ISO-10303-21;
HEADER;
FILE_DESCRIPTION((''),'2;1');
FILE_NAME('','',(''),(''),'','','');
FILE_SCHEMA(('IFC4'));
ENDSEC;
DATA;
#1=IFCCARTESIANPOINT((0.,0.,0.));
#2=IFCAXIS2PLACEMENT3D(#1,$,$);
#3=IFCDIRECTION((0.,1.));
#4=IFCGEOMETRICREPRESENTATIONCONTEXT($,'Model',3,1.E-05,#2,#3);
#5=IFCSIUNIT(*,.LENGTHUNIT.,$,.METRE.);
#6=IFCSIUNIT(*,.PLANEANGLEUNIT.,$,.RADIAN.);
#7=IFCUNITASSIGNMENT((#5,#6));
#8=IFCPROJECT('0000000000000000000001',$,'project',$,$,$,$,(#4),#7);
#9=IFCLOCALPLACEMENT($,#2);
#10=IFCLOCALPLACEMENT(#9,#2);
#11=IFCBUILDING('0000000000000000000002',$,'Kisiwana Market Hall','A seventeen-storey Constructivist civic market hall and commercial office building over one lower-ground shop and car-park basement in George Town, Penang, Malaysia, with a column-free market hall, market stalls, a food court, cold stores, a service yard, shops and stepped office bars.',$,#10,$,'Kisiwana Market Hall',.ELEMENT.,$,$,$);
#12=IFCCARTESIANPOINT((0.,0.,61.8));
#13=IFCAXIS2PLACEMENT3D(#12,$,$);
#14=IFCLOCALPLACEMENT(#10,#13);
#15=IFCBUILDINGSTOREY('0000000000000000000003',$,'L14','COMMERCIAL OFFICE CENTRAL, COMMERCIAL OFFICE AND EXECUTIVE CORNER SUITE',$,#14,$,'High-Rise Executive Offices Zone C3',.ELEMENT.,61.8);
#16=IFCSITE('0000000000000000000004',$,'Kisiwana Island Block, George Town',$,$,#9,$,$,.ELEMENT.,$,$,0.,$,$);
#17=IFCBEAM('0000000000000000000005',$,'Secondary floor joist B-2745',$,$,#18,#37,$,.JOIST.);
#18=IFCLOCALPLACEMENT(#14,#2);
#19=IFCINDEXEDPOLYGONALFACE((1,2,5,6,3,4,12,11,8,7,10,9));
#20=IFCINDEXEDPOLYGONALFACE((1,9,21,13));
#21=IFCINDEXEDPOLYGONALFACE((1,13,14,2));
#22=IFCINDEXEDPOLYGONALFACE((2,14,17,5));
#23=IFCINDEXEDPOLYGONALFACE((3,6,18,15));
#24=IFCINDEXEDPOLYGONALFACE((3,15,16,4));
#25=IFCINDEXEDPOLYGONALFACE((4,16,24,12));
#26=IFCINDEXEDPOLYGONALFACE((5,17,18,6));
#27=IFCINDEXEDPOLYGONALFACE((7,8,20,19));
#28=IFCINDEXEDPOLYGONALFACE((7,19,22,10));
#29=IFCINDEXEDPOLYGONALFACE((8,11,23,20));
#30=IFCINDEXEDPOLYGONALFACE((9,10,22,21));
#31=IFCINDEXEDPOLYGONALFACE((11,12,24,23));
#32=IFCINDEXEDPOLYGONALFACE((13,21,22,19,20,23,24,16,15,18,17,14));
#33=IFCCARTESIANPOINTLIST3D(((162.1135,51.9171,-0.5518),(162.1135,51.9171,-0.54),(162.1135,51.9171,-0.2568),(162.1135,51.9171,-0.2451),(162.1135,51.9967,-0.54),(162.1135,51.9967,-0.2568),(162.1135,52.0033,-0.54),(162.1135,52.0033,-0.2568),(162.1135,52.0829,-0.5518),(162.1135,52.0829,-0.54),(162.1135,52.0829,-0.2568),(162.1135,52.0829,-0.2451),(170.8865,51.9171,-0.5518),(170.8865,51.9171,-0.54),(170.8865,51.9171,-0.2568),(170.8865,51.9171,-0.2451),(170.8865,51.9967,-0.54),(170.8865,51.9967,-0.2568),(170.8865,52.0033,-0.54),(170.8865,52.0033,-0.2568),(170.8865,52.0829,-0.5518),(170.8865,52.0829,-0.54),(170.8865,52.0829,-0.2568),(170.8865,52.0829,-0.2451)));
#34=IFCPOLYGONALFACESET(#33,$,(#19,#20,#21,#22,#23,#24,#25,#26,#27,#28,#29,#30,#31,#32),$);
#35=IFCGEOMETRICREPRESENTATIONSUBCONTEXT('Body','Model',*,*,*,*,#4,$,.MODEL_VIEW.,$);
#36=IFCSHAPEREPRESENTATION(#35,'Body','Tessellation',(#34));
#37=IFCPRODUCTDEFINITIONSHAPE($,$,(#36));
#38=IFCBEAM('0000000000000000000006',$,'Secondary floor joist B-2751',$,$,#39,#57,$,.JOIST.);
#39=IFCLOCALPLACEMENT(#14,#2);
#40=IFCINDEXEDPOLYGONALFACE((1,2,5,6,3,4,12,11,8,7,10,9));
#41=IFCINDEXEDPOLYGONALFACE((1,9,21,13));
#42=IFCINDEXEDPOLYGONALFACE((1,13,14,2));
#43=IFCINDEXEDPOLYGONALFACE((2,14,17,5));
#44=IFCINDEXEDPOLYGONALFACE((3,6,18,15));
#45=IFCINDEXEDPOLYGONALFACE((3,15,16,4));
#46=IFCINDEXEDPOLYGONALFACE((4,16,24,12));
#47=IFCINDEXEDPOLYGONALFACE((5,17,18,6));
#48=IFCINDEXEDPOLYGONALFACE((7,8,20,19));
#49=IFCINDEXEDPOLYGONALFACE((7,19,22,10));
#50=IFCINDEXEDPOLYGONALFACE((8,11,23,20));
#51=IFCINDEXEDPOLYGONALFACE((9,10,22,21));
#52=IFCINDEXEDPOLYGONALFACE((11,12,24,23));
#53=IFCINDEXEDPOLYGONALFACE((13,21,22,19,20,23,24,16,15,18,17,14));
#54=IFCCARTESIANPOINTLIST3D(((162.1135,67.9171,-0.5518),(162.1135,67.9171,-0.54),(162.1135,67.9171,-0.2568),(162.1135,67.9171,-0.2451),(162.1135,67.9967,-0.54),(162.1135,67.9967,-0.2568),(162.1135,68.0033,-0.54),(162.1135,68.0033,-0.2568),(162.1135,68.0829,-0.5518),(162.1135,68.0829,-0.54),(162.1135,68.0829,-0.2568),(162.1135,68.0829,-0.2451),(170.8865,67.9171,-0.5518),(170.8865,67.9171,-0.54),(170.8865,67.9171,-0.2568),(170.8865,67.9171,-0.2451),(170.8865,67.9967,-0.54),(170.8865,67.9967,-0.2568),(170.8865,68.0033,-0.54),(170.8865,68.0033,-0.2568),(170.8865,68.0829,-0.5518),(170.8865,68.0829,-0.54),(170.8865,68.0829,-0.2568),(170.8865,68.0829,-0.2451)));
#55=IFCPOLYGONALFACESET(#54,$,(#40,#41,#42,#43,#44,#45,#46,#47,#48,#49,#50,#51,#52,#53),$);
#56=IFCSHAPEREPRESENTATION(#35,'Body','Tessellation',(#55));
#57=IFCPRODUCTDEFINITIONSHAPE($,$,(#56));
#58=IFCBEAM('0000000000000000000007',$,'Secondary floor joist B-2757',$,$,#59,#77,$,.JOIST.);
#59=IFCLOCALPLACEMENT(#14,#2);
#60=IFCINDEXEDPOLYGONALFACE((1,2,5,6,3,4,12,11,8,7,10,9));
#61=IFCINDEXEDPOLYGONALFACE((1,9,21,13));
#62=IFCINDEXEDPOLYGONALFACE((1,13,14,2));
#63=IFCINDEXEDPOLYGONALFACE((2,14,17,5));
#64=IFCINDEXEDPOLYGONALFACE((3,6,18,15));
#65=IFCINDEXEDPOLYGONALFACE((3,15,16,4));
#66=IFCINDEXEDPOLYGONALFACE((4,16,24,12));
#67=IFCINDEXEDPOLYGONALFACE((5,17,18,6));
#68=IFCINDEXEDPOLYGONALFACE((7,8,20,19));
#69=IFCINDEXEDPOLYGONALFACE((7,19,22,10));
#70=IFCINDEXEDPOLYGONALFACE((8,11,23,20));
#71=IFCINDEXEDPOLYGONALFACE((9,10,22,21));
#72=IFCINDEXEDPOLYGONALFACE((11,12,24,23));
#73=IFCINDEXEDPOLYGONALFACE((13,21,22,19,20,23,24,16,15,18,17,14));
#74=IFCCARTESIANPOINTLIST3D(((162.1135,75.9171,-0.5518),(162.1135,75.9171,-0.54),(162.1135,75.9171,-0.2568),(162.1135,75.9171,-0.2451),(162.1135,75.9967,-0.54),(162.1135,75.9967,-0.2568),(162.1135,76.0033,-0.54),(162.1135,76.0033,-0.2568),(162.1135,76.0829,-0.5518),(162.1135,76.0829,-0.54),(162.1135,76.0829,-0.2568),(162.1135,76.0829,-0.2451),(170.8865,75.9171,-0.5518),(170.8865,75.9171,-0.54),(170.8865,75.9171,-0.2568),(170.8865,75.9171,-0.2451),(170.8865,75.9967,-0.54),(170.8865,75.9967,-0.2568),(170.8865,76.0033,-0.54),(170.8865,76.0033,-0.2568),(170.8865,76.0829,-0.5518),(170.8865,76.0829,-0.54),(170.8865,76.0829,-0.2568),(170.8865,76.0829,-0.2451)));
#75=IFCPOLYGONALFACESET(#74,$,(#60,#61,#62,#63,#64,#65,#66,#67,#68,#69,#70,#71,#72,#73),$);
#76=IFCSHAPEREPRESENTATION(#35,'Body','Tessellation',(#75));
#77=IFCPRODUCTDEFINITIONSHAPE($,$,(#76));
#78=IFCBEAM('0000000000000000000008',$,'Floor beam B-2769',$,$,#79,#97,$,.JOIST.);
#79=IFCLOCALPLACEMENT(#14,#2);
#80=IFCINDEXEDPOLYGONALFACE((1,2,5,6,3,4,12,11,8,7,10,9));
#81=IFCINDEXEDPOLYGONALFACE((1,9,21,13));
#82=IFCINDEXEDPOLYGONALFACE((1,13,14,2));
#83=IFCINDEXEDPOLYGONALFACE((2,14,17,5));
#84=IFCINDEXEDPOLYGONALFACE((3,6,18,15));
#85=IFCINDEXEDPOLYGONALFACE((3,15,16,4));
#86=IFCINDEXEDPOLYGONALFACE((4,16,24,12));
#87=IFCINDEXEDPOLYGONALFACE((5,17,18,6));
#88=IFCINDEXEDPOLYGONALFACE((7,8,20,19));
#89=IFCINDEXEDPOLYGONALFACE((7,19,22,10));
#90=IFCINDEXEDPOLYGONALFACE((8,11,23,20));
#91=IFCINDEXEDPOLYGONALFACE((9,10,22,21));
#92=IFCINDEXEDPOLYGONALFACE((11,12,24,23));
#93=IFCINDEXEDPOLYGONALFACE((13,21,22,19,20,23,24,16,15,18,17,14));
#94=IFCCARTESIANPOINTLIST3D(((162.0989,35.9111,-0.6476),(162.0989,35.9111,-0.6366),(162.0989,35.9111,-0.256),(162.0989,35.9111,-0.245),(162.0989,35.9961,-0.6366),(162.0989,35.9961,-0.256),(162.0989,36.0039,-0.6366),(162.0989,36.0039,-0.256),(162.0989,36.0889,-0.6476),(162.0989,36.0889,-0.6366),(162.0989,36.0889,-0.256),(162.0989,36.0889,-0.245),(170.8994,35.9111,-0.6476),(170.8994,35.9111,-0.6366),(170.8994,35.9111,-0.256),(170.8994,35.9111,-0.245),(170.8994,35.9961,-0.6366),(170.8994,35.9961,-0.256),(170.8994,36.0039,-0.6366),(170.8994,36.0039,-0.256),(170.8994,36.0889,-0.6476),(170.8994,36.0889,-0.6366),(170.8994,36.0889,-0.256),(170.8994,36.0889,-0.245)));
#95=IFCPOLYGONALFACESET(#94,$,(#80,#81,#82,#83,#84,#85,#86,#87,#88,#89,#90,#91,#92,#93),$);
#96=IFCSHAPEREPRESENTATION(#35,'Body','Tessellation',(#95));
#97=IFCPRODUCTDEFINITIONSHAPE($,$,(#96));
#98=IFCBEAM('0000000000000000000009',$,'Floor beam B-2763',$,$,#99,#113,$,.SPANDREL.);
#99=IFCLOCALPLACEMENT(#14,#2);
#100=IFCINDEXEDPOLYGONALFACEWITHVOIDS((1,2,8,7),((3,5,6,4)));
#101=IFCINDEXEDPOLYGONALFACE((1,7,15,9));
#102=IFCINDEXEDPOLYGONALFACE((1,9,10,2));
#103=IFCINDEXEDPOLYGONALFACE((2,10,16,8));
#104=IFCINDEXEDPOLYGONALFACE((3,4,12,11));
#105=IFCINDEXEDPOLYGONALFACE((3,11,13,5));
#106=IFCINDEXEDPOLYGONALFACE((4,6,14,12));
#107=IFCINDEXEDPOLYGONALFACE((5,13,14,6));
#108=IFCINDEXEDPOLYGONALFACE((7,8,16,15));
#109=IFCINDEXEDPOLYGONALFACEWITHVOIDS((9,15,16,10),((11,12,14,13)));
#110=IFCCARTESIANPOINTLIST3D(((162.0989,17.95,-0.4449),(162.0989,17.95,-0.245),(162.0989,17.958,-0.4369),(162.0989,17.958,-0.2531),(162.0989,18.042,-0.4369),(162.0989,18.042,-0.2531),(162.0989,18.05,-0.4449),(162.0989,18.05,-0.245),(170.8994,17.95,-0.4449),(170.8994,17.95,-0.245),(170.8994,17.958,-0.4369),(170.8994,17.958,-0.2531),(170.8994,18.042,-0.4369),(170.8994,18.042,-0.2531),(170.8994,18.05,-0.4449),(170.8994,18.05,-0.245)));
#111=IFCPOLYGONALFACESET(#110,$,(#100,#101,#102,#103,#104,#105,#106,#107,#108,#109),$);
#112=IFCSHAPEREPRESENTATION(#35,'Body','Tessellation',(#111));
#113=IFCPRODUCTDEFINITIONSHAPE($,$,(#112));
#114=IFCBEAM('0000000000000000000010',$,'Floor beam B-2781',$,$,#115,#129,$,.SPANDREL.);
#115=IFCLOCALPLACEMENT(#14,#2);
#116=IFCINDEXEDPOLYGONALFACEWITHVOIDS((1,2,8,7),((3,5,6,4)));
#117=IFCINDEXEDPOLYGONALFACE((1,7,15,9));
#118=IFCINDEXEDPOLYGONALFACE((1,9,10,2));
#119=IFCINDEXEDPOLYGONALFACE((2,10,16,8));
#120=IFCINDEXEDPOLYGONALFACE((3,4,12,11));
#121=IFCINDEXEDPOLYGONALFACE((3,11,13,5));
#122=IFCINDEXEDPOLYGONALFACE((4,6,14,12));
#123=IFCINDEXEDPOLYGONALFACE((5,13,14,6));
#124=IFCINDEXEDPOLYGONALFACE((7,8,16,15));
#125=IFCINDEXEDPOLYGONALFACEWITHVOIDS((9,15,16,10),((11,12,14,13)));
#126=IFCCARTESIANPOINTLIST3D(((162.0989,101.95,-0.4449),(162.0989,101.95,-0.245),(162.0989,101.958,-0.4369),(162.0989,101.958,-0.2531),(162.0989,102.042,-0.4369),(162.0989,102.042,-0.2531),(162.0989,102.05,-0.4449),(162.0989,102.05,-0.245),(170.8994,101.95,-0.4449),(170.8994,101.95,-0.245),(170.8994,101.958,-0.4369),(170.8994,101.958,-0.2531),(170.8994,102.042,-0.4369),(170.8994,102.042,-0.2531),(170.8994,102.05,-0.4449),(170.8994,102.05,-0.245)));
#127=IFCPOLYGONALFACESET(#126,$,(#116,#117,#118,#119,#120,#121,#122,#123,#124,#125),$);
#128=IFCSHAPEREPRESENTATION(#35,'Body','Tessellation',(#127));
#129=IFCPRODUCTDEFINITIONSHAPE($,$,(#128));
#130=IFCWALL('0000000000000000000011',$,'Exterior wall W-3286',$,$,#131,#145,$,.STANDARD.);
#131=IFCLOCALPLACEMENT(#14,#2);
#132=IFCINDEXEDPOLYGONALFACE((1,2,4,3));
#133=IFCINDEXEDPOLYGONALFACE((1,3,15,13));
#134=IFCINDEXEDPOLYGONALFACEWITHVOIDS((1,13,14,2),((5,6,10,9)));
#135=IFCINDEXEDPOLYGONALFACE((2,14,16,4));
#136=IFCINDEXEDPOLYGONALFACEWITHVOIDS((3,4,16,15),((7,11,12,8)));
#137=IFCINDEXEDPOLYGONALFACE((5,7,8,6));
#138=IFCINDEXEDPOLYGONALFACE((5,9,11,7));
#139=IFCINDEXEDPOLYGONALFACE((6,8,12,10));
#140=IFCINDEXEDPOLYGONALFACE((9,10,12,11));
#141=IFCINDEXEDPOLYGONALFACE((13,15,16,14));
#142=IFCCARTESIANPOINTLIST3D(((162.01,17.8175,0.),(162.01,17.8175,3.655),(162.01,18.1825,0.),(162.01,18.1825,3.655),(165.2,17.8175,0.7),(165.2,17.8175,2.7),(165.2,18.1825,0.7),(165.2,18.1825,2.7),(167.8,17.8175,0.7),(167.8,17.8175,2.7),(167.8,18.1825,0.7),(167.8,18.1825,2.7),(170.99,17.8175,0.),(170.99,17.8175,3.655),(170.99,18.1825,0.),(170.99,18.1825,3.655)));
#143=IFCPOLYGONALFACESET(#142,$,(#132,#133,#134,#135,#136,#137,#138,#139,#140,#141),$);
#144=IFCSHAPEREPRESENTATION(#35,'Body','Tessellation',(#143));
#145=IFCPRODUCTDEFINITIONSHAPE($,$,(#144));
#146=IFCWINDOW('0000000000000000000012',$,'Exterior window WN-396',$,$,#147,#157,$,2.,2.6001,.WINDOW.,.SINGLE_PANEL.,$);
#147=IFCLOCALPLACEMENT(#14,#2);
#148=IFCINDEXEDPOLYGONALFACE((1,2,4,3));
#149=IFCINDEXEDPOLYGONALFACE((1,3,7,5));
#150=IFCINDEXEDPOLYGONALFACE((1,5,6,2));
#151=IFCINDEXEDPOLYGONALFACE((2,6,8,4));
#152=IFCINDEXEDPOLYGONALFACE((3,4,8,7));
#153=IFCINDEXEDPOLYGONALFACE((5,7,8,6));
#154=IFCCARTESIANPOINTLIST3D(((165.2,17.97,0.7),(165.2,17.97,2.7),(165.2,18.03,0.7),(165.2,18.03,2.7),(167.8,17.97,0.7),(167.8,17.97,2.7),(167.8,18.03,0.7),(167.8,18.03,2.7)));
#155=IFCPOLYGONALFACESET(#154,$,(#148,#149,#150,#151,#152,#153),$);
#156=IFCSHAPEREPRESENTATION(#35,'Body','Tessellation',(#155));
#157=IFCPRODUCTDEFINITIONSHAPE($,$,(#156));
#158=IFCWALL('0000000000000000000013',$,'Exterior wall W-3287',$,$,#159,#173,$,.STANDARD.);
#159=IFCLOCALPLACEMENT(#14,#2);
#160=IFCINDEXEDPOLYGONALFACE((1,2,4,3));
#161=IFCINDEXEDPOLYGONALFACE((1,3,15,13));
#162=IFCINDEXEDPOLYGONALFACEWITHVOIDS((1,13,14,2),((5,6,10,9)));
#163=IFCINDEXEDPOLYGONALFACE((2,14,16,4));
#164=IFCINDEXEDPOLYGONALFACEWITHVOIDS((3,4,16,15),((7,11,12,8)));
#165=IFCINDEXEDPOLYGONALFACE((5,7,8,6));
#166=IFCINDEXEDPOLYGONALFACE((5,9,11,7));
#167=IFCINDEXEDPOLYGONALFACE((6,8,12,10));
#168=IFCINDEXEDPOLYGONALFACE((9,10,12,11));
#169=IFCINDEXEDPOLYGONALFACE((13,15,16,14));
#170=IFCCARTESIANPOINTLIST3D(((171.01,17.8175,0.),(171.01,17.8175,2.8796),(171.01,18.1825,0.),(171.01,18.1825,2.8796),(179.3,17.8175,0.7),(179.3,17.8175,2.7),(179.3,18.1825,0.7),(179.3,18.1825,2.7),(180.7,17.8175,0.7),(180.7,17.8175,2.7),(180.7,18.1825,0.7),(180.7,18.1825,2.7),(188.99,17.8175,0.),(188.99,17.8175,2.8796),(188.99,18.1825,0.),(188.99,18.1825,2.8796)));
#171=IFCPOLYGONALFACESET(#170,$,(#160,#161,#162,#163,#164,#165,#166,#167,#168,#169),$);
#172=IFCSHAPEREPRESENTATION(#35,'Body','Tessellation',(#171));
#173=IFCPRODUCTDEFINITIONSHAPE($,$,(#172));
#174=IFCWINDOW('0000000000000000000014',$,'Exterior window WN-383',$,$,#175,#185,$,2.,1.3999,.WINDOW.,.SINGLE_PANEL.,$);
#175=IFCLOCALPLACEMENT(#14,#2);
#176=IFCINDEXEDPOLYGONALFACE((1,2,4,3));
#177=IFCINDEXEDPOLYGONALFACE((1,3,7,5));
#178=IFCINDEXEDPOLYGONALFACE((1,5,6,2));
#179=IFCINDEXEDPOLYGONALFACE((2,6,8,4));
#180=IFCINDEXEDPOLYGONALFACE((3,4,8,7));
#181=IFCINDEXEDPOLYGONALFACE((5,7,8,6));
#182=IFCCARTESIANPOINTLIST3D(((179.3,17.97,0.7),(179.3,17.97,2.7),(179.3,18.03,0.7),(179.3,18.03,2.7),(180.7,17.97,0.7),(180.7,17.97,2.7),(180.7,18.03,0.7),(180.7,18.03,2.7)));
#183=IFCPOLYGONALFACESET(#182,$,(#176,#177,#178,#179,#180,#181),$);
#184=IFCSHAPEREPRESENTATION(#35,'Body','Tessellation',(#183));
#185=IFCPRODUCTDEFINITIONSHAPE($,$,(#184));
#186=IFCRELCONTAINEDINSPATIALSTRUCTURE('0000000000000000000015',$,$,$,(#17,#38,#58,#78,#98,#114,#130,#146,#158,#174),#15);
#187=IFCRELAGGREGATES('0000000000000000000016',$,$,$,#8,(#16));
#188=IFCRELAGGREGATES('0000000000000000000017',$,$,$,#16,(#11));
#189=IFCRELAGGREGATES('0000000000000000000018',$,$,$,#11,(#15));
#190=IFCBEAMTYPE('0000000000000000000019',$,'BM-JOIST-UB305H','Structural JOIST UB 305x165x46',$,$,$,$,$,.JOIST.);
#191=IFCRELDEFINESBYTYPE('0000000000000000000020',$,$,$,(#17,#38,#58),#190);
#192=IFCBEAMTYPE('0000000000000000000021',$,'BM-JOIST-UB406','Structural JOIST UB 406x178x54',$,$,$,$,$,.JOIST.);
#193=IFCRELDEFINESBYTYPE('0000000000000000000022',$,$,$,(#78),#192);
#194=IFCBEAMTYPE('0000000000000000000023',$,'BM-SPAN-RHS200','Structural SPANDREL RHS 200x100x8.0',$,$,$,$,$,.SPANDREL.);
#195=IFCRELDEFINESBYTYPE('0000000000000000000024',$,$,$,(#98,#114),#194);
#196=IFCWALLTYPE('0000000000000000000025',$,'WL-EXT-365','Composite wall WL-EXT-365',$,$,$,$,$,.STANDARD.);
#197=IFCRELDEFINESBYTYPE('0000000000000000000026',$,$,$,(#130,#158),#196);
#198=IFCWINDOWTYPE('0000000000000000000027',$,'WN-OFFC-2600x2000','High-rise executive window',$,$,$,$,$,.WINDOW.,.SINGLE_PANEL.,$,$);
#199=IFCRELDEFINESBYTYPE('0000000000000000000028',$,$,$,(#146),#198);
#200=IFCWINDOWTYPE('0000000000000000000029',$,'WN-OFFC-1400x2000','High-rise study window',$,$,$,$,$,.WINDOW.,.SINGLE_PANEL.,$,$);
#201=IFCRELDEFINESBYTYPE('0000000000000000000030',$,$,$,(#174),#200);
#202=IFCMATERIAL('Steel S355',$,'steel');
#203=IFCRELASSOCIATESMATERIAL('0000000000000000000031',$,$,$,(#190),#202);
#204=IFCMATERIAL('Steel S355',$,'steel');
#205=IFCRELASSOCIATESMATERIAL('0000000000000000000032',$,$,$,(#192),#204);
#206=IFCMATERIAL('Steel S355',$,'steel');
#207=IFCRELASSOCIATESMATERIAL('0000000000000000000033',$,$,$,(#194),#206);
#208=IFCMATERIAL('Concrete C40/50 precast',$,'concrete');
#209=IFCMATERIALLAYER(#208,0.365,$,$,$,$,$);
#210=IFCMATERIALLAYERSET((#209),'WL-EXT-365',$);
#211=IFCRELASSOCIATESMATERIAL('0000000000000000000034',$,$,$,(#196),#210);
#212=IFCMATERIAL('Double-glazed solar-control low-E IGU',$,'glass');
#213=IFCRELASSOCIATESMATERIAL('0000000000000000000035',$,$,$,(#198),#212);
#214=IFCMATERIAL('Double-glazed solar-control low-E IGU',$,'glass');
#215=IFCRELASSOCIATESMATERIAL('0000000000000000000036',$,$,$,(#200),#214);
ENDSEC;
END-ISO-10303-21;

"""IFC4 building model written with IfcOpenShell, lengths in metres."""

from ifc_helpers import new_model, si_unit, direction, frame, frame_2d, origin, origin_2d, place, context, subcontext, project, spatial, rectangle, hollow_rectangle, i_section, extrude, material, layer, layer_set, material_profile, profile_set, type_object, element, fill, save


model = new_model("IFC4")

# Units and contexts
model_context = context("Model", 3, precision=1e-05, world=origin(), true_north=direction((0.0, 1.0)))
body_context = subcontext(model_context, "Body", "Model", "MODEL_VIEW")
ifc_project = project(units=[si_unit("LENGTHUNIT", "METRE"), si_unit("PLANEANGLEUNIT", "RADIAN")], contexts=[model_context])

# Site, building, storey
site_placement = place(None, origin())
site = spatial("IfcSite", under=ifc_project, at=site_placement, Name="Kisiwana Island Block, George Town", CompositionType="ELEMENT", RefElevation=0.0)
building_placement = place(site_placement, origin())
building = spatial("IfcBuilding", under=site, at=building_placement, Name="Kisiwana Market Hall", Description="A seventeen-storey Constructivist civic market hall and commercial office building over one lower-ground shop and car-park basement in George Town, Penang, Malaysia, with a column-free market hall, market stalls, a food court, cold stores, a service yard, shops and stepped office bars.", LongName="Kisiwana Market Hall", CompositionType="ELEMENT")
storey_placement = place(building_placement, frame((0.0, 0.0, 61.8)))
storey = spatial("IfcBuildingStorey", under=building, at=storey_placement, Name="L14", Description="COMMERCIAL OFFICE CENTRAL, COMMERCIAL OFFICE AND EXECUTIVE CORNER SUITE", LongName="High-Rise Executive Offices Zone C3", CompositionType="ELEMENT", Elevation=61.8)

# Beams
ifc_material_1 = material(Name="Steel S355", Category="steel")
ifc_material_profile_1 = material_profile(ifc_material_1, i_section(OverallWidth=0.1658, OverallDepth=0.3066, WebThickness=0.0066, FlangeThickness=0.0117, at=origin_2d()), Name="UB 305x165x46")
ifc_profile_set_1 = profile_set([ifc_material_profile_1], Name="Steel S355")
beam_type_1 = type_object("IfcBeamType", Name="BM-JOIST-UB305H", Description="Structural JOIST UB 305x165x46", PredefinedType="JOIST", material=ifc_profile_set_1)
for number, where, z_axis, x_axis, name in (
    (1, (162.1135, 52.0, -0.3984), (1.0, 0.0, 0.0), (0.0, 1.0, 0.0), "Secondary floor joist B-2745"),
    (2, (162.1135, 68.0, -0.3984), (1.0, 0.0, 0.0), (0.0, 1.0, 0.0), "Secondary floor joist B-2751"),
    (3, (162.1135, 76.0, -0.3984), (1.0, 0.0, 0.0), (0.0, 1.0, 0.0), "Secondary floor joist B-2757"),
):
    element("IfcBeam", number, at=place(storey_placement, frame(where, z_axis=z_axis, x_axis=x_axis)), inside=storey, type_object=beam_type_1, Name=name, PredefinedType="JOIST", context=body_context, shape_type="SweptSolid", body=[
        extrude(i_section(OverallWidth=0.1658, OverallDepth=0.3066, WebThickness=0.0066, FlangeThickness=0.0117, at=origin_2d()), origin(), (0.0, 0.0, 1.0), 8.7729),
    ])
ifc_material_2 = material(Name="Steel S355", Category="steel")
ifc_material_profile_2 = material_profile(ifc_material_2, i_section(OverallWidth=0.1777, OverallDepth=0.4026, WebThickness=0.0078, FlangeThickness=0.011, at=origin_2d()), Name="UB 406x178x54")
ifc_profile_set_2 = profile_set([ifc_material_profile_2], Name="Steel S355")
beam_type_2 = type_object("IfcBeamType", Name="BM-JOIST-UB406", Description="Structural JOIST UB 406x178x54", PredefinedType="JOIST", material=ifc_profile_set_2)
beam_1_placement = place(storey_placement, frame((162.0989, 36.0, -0.4463), z_axis=(1.0, 0.0, 0.0), x_axis=(0.0, 1.0, 0.0)))
element("IfcBeam", 4, at=beam_1_placement, inside=storey, type_object=beam_type_2, Name="Floor beam B-2769", PredefinedType="JOIST", context=body_context, shape_type="SweptSolid", body=[
    extrude(i_section(OverallWidth=0.1777, OverallDepth=0.4026, WebThickness=0.0078, FlangeThickness=0.011, at=origin_2d()), origin(), (0.0, 0.0, 1.0), 8.8005),
])
ifc_material_3 = material(Name="Steel S355", Category="steel")
ifc_material_profile_3 = material_profile(ifc_material_3, hollow_rectangle(XDim=0.1001, YDim=0.2, WallThickness=0.0081, at=origin_2d()), Name="RHS 200x100x8.0")
ifc_profile_set_3 = profile_set([ifc_material_profile_3], Name="Steel S355")
beam_type_3 = type_object("IfcBeamType", Name="BM-SPAN-RHS200", Description="Structural SPANDREL RHS 200x100x8.0", PredefinedType="SPANDREL", material=ifc_profile_set_3)
for number, where, z_axis, x_axis, name in (
    (5, (162.0989, 18.0, -0.345), (1.0, 0.0, 0.0), (0.0, 1.0, 0.0), "Floor beam B-2763"),
    (6, (162.0989, 102.0, -0.345), (1.0, 0.0, 0.0), (0.0, 1.0, 0.0), "Floor beam B-2781"),
):
    element("IfcBeam", number, at=place(storey_placement, frame(where, z_axis=z_axis, x_axis=x_axis)), inside=storey, type_object=beam_type_3, Name=name, PredefinedType="SPANDREL", context=body_context, shape_type="SweptSolid", body=[
        extrude(hollow_rectangle(XDim=0.1001, YDim=0.2, WallThickness=0.0081, at=origin_2d()), origin(), (0.0, 0.0, 1.0), 8.8005),
    ])

# Walls, openings, windows
ifc_material_4 = material(Name="Concrete C40/50 precast", Category="concrete")
ifc_layer_1 = layer(ifc_material_4, 0.365)
ifc_layer_set_1 = layer_set([ifc_layer_1], Name="WL-EXT-365")
wall_type_1 = type_object("IfcWallType", Name="WL-EXT-365", Description="Composite wall WL-EXT-365", PredefinedType="STANDARD", material=ifc_layer_set_1)
wall_1_placement = place(storey_placement, frame((162.01, 18.0, 0.0), z_axis=(0.0, 0.0, 1.0), x_axis=(1.0, 0.0, 0.0)))
wall_1 = element("IfcWall", 7, at=wall_1_placement, inside=storey, type_object=wall_type_1, Name="Exterior wall W-3286", PredefinedType="STANDARD", context=body_context, shape_type="SweptSolid", body=[
    extrude(rectangle(XDim=8.98, YDim=0.365, at=frame_2d((4.49, 0.0))), origin(), (0.0, 0.0, 1.0), 3.655),
])
opening_1_placement = place(wall_1_placement, frame((3.1899, 0.0, 0.7)))
opening_1 = element("IfcOpeningElement", 8, at=opening_1_placement, cuts=wall_1, PredefinedType="OPENING", context=body_context, shape_type="SweptSolid", body=[
    extrude(rectangle(XDim=2.6001, YDim=2.0, at=frame_2d((1.3, 1.0))), frame((0.0, 0.1943, 0.0), z_axis=(0.0, -1.0, 0.0), x_axis=(1.0, 0.0, 0.0)), (0.0, 0.0, 1.0), 0.3889),
])
ifc_material_5 = material(Name="Double-glazed solar-control low-E IGU", Category="glass")
window_type_1 = type_object("IfcWindowType", Name="WN-OFFC-2600x2000", Description="High-rise executive window", PartitioningType="SINGLE_PANEL", PredefinedType="WINDOW", material=ifc_material_5)
window_1_placement = place(opening_1_placement, origin())
window_1 = element("IfcWindow", 9, at=window_1_placement, inside=storey, type_object=window_type_1, Name="Exterior window WN-396", OverallHeight=2.0, OverallWidth=2.6001, PartitioningType="SINGLE_PANEL", PredefinedType="WINDOW", context=body_context, shape_type="SweptSolid", body=[
    extrude(rectangle(XDim=2.6001, YDim=2.0, at=frame_2d((1.3, 1.0))), frame((0.0, 0.03, 0.0), z_axis=(0.0, -1.0, 0.0), x_axis=(1.0, 0.0, 0.0)), (0.0, 0.0, 1.0), 0.0601),
])
fill(opening_1, window_1)
wall_2_placement = place(storey_placement, frame((171.01, 18.0, 0.0), z_axis=(0.0, 0.0, 1.0), x_axis=(1.0, 0.0, 0.0)))
wall_2 = element("IfcWall", 10, at=wall_2_placement, inside=storey, type_object=wall_type_1, Name="Exterior wall W-3287", PredefinedType="STANDARD", context=body_context, shape_type="SweptSolid", body=[
    extrude(rectangle(XDim=17.98, YDim=0.365, at=frame_2d((8.99, 0.0))), origin(), (0.0, 0.0, 1.0), 2.8796),
])
opening_2_placement = place(wall_2_placement, frame((8.29, 0.0, 0.7)))
opening_2 = element("IfcOpeningElement", 11, at=opening_2_placement, cuts=wall_2, PredefinedType="OPENING", context=body_context, shape_type="SweptSolid", body=[
    extrude(rectangle(XDim=1.3999, YDim=2.0, at=frame_2d((0.7, 1.0))), frame((0.0, 0.1943, 0.0), z_axis=(0.0, -1.0, 0.0), x_axis=(1.0, 0.0, 0.0)), (0.0, 0.0, 1.0), 0.3889),
])
ifc_material_6 = material(Name="Double-glazed solar-control low-E IGU", Category="glass")
window_type_2 = type_object("IfcWindowType", Name="WN-OFFC-1400x2000", Description="High-rise study window", PartitioningType="SINGLE_PANEL", PredefinedType="WINDOW", material=ifc_material_6)
window_2_placement = place(opening_2_placement, origin())
window_2 = element("IfcWindow", 12, at=window_2_placement, inside=storey, type_object=window_type_2, Name="Exterior window WN-383", OverallHeight=2.0, OverallWidth=1.3999, PartitioningType="SINGLE_PANEL", PredefinedType="WINDOW", context=body_context, shape_type="SweptSolid", body=[
    extrude(rectangle(XDim=1.3999, YDim=2.0, at=frame_2d((0.7, 1.0))), frame((0.0, 0.03, 0.0), z_axis=(0.0, -1.0, 0.0), x_axis=(1.0, 0.0, 0.0)), (0.0, 0.0, 1.0), 0.0601),
])
fill(opening_2, window_2)

save(model, "model.ifc")
